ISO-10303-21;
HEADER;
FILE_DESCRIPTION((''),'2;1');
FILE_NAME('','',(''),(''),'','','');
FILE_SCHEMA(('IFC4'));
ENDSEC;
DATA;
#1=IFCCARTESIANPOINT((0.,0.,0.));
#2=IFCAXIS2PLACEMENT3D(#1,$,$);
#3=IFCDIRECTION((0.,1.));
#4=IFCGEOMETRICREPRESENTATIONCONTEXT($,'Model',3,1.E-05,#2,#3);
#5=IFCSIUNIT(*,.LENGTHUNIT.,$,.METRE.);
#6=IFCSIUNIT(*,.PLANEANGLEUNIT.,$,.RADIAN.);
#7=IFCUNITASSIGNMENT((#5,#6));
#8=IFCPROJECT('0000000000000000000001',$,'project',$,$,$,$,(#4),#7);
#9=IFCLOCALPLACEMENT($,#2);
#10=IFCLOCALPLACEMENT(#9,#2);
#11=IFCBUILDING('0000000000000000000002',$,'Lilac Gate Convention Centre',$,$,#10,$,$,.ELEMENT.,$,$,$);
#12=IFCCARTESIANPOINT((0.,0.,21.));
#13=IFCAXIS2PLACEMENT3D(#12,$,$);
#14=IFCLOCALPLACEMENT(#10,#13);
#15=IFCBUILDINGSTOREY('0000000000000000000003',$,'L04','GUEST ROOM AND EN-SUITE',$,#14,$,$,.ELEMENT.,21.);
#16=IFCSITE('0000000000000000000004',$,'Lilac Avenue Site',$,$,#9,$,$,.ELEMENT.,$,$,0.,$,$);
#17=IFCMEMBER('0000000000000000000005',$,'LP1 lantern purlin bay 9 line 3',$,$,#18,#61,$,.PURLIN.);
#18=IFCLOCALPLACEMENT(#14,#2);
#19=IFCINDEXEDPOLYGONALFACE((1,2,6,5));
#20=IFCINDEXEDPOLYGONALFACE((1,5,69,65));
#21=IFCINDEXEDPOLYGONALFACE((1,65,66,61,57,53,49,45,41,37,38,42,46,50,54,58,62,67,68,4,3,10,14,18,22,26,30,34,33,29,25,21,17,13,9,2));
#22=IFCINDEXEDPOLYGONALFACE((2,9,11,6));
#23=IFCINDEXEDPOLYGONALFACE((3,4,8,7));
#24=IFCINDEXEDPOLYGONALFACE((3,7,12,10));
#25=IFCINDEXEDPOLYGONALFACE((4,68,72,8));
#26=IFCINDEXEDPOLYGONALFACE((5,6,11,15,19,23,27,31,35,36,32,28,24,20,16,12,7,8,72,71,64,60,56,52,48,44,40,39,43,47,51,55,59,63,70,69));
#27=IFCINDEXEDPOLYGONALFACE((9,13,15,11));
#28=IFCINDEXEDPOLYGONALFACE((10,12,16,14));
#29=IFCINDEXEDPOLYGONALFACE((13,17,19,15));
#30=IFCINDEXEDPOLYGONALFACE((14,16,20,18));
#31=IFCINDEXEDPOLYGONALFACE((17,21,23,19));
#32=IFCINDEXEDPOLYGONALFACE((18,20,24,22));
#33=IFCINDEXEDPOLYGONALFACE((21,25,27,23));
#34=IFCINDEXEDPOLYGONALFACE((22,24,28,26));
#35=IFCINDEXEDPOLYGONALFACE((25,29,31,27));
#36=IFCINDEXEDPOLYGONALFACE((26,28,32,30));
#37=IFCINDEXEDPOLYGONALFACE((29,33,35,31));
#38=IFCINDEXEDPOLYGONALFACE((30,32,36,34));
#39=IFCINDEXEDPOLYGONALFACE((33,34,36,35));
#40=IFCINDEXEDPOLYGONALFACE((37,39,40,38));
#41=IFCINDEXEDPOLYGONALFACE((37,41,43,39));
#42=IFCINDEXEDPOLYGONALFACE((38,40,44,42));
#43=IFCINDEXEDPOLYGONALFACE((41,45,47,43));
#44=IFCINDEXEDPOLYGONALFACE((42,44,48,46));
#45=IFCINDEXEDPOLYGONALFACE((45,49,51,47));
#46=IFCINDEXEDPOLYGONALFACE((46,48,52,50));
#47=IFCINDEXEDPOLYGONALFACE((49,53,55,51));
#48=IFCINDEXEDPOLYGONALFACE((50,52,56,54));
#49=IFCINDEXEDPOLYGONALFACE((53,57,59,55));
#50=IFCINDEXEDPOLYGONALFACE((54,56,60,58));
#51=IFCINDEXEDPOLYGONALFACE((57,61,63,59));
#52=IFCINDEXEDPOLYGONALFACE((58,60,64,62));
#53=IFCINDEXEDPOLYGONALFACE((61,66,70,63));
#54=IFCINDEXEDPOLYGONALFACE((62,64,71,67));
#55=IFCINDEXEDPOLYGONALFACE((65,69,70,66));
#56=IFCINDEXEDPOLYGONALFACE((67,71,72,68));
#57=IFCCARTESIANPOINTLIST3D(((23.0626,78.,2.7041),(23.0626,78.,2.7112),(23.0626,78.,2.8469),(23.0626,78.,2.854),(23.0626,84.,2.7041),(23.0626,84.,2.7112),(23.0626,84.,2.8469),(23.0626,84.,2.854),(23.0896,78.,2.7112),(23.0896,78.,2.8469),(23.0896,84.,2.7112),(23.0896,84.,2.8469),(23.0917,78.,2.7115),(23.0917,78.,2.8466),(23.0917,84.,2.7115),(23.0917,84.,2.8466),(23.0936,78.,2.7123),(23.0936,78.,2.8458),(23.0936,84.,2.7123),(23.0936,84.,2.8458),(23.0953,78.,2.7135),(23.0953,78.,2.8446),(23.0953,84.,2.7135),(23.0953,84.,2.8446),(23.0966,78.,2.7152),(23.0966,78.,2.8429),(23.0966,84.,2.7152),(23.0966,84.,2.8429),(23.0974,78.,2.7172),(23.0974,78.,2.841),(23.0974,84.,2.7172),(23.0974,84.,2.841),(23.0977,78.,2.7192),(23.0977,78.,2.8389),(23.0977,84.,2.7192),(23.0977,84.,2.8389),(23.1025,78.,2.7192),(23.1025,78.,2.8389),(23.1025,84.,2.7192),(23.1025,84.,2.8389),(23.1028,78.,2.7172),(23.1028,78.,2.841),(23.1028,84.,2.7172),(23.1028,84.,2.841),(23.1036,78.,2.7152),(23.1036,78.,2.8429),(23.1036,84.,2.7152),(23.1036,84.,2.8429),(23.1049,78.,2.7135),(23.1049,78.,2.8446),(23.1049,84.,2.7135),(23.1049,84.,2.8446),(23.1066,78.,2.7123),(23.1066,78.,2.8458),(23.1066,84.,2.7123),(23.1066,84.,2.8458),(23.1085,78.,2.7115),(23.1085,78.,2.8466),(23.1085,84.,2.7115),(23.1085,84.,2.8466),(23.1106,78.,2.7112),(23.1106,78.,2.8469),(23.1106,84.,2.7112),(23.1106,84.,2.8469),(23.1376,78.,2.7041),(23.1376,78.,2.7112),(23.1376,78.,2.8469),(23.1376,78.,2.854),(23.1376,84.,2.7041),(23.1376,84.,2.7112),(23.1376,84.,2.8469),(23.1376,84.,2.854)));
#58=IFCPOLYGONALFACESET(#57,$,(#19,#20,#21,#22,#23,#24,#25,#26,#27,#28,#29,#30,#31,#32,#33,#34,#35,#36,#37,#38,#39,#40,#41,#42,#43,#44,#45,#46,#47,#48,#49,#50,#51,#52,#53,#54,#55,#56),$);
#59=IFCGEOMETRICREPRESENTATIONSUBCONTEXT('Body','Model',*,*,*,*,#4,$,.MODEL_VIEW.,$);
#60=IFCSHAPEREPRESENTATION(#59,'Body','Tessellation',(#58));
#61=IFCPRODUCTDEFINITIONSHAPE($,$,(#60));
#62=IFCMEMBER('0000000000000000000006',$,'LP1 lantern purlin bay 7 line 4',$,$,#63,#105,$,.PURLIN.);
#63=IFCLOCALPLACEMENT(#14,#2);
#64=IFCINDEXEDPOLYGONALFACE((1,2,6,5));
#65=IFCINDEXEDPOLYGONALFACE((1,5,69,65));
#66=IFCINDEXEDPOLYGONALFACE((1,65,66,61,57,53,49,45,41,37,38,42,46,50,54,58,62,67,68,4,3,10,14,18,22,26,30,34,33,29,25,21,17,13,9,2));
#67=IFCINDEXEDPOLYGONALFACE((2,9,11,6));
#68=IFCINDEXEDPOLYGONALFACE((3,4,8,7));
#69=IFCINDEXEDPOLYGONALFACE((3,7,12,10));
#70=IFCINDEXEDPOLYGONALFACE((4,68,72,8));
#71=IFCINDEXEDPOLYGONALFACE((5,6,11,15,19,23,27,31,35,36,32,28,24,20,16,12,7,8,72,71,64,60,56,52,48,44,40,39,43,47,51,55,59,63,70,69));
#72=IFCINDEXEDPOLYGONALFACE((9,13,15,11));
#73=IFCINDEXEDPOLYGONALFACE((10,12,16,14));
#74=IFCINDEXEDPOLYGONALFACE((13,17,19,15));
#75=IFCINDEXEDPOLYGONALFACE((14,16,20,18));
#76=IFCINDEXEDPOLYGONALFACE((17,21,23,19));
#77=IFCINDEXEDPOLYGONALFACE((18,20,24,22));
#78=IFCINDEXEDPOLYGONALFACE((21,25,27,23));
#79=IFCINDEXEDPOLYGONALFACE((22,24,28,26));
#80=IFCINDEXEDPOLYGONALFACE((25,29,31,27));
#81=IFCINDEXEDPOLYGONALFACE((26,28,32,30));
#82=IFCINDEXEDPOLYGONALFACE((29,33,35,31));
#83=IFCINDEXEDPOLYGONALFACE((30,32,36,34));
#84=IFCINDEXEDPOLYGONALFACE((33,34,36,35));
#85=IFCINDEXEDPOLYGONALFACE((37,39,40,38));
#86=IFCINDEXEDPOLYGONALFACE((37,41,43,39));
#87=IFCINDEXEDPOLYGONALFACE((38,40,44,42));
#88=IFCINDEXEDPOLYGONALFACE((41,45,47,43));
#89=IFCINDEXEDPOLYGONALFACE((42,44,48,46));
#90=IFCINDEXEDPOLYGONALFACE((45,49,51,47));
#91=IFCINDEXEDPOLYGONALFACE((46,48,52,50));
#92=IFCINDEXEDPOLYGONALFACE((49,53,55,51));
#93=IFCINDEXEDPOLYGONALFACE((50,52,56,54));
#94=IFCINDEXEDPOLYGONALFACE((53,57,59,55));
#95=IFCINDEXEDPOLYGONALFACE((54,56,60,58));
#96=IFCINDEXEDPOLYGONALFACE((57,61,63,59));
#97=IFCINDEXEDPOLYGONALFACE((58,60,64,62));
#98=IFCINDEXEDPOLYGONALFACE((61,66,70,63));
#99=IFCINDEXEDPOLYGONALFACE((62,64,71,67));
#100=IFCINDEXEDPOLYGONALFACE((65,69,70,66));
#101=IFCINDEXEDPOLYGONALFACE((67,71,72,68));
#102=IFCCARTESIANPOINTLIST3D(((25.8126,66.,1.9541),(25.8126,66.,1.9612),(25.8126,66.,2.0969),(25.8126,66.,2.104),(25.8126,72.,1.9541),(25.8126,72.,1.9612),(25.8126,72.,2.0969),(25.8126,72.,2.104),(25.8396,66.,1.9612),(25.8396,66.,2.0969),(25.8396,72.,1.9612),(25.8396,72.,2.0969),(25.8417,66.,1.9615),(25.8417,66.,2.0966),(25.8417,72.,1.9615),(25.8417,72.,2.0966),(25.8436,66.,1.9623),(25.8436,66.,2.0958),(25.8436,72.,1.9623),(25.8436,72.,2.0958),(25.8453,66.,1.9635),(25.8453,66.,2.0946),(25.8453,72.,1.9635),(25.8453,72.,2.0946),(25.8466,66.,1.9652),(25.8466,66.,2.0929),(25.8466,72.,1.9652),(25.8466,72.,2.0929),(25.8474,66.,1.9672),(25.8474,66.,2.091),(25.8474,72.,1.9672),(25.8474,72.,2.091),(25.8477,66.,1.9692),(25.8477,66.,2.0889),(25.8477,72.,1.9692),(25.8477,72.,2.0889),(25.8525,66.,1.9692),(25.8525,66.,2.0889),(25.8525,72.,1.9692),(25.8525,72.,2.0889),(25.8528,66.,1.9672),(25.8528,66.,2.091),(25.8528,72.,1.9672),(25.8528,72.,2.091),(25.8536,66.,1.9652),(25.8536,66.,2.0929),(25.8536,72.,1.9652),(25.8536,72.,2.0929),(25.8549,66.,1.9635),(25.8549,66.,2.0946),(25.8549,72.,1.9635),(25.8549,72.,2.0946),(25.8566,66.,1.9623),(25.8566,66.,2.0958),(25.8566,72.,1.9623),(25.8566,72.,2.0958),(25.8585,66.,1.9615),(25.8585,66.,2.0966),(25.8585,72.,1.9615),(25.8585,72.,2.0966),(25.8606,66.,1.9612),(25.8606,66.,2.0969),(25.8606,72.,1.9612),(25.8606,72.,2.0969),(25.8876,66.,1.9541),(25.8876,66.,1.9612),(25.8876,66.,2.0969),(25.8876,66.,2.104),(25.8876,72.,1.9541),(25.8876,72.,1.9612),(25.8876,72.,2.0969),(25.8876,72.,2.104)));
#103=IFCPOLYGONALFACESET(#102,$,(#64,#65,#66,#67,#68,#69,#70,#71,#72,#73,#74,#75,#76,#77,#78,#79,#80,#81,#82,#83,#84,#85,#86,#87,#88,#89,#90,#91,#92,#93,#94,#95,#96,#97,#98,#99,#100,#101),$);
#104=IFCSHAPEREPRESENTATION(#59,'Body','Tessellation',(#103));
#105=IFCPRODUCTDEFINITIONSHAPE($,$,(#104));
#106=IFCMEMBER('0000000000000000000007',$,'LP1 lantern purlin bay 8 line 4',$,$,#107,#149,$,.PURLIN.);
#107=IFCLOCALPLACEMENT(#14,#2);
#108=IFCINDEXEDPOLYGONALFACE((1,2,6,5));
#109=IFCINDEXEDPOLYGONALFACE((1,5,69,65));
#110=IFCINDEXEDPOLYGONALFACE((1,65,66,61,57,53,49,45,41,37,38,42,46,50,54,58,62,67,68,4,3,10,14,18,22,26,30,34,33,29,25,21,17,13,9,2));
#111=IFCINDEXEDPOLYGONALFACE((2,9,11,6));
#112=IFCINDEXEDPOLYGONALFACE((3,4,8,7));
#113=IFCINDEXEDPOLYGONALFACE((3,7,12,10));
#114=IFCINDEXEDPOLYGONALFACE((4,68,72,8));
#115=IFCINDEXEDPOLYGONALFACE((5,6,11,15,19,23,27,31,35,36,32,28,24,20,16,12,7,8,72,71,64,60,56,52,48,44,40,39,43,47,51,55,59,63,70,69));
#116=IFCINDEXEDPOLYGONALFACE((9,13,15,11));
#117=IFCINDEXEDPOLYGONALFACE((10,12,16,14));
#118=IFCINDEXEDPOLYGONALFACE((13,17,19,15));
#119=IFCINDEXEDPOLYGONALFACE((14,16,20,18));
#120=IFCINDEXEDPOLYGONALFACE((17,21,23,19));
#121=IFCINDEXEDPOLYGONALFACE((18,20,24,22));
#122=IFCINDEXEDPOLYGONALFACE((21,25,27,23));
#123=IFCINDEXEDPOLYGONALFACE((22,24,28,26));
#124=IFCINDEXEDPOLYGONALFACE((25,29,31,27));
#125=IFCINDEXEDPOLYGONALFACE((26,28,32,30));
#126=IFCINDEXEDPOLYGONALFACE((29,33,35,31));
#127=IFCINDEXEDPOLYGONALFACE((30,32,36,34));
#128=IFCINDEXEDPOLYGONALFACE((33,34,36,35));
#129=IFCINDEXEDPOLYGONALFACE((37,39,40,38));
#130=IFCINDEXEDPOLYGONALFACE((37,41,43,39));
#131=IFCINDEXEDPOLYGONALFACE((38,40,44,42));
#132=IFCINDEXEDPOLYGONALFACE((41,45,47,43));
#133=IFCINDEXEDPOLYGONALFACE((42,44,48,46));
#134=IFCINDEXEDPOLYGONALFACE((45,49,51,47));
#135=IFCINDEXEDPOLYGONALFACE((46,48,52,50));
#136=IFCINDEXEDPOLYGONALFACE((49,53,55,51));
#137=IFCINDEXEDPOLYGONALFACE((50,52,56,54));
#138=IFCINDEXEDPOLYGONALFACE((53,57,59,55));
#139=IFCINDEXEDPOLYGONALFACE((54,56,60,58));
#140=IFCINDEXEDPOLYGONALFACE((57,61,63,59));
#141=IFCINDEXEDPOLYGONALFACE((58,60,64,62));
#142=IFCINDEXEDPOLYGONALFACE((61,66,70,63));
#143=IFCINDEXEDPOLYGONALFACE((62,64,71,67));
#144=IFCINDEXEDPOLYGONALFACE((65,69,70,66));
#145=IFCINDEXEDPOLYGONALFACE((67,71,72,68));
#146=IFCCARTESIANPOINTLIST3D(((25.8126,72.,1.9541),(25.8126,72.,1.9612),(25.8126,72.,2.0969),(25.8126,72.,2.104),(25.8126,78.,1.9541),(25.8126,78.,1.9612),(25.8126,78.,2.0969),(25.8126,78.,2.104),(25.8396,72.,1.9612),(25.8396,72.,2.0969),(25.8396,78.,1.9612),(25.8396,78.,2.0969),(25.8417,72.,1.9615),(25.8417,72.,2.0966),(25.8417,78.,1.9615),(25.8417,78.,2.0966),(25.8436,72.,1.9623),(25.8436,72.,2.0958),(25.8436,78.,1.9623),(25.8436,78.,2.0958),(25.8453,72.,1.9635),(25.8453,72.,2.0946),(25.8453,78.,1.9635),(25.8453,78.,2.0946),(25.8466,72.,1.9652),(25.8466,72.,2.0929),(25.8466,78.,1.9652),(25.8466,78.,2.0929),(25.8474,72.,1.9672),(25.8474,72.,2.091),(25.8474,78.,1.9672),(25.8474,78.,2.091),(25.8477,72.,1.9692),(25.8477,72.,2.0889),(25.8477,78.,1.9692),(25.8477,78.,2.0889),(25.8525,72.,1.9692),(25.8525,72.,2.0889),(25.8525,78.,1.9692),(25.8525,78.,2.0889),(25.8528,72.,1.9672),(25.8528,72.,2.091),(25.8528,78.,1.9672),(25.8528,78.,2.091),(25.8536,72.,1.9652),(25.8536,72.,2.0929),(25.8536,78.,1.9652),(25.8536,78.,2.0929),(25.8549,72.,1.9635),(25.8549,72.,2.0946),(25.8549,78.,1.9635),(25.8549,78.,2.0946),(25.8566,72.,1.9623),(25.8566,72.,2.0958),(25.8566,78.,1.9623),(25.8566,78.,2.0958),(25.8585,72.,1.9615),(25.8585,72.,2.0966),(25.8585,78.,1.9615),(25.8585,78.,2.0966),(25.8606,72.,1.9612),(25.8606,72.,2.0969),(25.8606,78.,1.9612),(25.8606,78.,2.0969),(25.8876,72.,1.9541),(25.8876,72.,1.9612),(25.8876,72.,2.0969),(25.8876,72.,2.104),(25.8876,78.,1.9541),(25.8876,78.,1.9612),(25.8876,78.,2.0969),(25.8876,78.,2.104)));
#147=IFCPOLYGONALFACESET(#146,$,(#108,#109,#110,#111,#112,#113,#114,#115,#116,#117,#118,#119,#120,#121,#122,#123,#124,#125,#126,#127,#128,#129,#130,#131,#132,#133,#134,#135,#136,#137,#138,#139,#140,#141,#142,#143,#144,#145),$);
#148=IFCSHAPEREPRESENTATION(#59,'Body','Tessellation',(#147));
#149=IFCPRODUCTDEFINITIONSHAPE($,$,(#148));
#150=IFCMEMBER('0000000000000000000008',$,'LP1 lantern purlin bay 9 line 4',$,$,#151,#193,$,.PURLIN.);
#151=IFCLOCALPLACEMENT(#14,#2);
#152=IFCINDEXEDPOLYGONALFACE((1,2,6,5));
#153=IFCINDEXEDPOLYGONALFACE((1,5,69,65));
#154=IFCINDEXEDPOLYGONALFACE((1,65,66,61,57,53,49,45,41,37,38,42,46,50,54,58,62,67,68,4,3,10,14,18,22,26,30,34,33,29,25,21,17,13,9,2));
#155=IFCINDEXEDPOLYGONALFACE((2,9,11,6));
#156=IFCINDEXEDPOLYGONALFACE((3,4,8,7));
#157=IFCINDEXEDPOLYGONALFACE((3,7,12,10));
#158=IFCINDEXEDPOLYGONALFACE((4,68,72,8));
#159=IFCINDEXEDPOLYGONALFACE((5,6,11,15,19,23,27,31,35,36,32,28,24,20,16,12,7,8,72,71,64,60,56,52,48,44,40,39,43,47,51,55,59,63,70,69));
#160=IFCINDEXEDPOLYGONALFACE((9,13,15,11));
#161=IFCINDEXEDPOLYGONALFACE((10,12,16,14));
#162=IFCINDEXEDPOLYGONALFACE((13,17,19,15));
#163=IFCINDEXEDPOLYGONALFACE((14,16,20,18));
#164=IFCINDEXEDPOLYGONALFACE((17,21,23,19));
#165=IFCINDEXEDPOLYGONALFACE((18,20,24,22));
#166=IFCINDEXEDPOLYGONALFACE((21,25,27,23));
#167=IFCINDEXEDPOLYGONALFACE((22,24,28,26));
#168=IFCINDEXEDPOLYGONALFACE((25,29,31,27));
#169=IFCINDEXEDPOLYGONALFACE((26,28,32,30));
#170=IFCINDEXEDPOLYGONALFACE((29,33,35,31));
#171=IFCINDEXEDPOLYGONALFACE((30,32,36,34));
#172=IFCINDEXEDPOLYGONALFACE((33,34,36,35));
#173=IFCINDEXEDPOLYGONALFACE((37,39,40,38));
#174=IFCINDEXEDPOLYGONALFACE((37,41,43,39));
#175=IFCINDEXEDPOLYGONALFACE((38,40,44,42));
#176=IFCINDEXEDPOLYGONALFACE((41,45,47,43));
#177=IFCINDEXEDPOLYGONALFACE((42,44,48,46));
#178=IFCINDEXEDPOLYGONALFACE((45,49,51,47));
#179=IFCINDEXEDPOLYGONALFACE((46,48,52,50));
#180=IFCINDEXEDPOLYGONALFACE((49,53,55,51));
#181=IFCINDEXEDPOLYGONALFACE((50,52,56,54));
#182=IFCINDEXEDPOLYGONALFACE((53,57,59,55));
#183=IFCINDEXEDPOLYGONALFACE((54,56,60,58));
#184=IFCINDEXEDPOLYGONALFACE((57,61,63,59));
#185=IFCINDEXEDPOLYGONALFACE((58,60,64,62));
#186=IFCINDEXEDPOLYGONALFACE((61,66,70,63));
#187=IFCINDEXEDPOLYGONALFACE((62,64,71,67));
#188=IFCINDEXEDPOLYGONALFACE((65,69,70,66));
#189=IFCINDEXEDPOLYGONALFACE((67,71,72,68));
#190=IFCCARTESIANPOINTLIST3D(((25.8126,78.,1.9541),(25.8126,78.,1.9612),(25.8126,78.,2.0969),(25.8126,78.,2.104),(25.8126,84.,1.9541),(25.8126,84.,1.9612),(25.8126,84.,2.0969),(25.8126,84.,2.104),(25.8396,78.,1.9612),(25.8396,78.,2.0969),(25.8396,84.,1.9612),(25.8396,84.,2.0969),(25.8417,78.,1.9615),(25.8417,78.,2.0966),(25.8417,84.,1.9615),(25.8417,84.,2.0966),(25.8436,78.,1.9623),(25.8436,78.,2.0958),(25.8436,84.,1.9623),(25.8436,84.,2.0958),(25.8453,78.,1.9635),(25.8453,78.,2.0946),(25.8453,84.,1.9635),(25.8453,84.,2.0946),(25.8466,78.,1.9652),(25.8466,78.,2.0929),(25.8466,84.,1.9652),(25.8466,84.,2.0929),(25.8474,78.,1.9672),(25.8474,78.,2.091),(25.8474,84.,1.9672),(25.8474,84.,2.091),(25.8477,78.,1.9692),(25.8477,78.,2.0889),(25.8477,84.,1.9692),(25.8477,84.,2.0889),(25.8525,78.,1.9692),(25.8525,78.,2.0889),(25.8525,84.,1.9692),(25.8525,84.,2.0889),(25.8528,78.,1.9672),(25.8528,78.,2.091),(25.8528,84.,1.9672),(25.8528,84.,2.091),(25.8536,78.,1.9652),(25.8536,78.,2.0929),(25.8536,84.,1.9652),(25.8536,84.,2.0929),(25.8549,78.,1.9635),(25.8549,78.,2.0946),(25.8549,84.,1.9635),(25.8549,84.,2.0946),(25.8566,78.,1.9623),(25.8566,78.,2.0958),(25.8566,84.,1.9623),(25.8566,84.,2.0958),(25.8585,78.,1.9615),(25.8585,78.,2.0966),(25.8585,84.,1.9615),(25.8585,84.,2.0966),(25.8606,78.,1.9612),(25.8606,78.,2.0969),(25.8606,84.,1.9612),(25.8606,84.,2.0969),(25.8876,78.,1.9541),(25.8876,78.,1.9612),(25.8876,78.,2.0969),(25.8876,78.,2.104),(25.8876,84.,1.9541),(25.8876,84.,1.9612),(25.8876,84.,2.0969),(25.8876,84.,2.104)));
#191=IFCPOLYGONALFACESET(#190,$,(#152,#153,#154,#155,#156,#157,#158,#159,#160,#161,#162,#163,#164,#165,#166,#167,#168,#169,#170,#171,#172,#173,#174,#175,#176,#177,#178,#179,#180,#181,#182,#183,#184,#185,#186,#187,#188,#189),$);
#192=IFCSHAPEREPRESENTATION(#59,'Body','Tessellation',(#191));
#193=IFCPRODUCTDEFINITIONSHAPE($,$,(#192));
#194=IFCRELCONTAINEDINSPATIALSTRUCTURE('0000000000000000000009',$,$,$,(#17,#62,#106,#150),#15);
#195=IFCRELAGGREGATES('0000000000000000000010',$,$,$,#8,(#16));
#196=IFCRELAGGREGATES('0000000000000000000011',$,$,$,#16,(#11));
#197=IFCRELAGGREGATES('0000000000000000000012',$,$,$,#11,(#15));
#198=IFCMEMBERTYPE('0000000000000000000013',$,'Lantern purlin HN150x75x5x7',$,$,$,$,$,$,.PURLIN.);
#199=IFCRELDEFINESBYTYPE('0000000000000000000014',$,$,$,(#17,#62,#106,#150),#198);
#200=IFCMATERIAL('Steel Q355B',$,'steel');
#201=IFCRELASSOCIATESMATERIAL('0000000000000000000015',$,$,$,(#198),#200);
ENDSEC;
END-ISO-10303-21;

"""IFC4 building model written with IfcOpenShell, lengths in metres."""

from ifc_helpers import new_model, si_unit, direction, frame, origin, origin_2d, place, context, subcontext, project, spatial, i_section, extrude, material, material_profile, profile_set, type_object, element, save


model = new_model("IFC4")

# Units and contexts
model_context = context("Model", 3, precision=1e-05, world=origin(), true_north=direction((0.0, 1.0)))
body_context = subcontext(model_context, "Body", "Model", "MODEL_VIEW")
ifc_project = project(units=[si_unit("LENGTHUNIT", "METRE"), si_unit("PLANEANGLEUNIT", "RADIAN")], contexts=[model_context])

# Site, building, storey
site_placement = place(None, origin())
site = spatial("IfcSite", under=ifc_project, at=site_placement, Name="Lilac Avenue Site", CompositionType="ELEMENT", RefElevation=0.0)
building_placement = place(site_placement, origin())
building = spatial("IfcBuilding", under=site, at=building_placement, Name="Lilac Gate Convention Centre", CompositionType="ELEMENT")
storey_placement = place(building_placement, frame((0.0, 0.0, 21.0)))
storey = spatial("IfcBuildingStorey", under=building, at=storey_placement, Name="L04", Description="GUEST ROOM AND EN-SUITE", CompositionType="ELEMENT", Elevation=21.0)

# Members
ifc_material_1 = material(Name="Steel Q355B", Category="steel")
ifc_material_profile_1 = material_profile(ifc_material_1, i_section(OverallWidth=0.075, OverallDepth=0.1499, WebThickness=0.0049, FlangeThickness=0.0071, FilletRadius=0.0081, at=origin_2d()), Name="HN150x75x5x7")
ifc_profile_set_1 = profile_set([ifc_material_profile_1], Name="Steel Q355B")
member_type_1 = type_object("IfcMemberType", Name="Lantern purlin HN150x75x5x7", PredefinedType="PURLIN", material=ifc_profile_set_1)
for number, where, z_axis, x_axis, name in (
    (1, (23.1001, 78.0, 2.7791), (0.0, 1.0, 0.0), (-1.0, 0.0, 0.0), "LP1 lantern purlin bay 9 line 3"),
    (2, (25.8501, 66.0, 2.0291), (0.0, 1.0, 0.0), (-1.0, 0.0, 0.0), "LP1 lantern purlin bay 7 line 4"),
    (3, (25.8501, 72.0, 2.0291), (0.0, 1.0, 0.0), (-1.0, 0.0, 0.0), "LP1 lantern purlin bay 8 line 4"),
    (4, (25.8501, 78.0, 2.0291), (0.0, 1.0, 0.0), (-1.0, 0.0, 0.0), "LP1 lantern purlin bay 9 line 4"),
):
    element("IfcMember", number, at=place(storey_placement, frame(where, z_axis=z_axis, x_axis=x_axis)), inside=storey, type_object=member_type_1, Name=name, PredefinedType="PURLIN", context=body_context, shape_type="SweptSolid", body=[
        extrude(i_section(OverallWidth=0.075, OverallDepth=0.1499, WebThickness=0.0049, FlangeThickness=0.0071, FilletRadius=0.0081, at=origin_2d()), origin(), (0.0, 0.0, 1.0), 6.0),
    ])

save(model, "model.ifc")
